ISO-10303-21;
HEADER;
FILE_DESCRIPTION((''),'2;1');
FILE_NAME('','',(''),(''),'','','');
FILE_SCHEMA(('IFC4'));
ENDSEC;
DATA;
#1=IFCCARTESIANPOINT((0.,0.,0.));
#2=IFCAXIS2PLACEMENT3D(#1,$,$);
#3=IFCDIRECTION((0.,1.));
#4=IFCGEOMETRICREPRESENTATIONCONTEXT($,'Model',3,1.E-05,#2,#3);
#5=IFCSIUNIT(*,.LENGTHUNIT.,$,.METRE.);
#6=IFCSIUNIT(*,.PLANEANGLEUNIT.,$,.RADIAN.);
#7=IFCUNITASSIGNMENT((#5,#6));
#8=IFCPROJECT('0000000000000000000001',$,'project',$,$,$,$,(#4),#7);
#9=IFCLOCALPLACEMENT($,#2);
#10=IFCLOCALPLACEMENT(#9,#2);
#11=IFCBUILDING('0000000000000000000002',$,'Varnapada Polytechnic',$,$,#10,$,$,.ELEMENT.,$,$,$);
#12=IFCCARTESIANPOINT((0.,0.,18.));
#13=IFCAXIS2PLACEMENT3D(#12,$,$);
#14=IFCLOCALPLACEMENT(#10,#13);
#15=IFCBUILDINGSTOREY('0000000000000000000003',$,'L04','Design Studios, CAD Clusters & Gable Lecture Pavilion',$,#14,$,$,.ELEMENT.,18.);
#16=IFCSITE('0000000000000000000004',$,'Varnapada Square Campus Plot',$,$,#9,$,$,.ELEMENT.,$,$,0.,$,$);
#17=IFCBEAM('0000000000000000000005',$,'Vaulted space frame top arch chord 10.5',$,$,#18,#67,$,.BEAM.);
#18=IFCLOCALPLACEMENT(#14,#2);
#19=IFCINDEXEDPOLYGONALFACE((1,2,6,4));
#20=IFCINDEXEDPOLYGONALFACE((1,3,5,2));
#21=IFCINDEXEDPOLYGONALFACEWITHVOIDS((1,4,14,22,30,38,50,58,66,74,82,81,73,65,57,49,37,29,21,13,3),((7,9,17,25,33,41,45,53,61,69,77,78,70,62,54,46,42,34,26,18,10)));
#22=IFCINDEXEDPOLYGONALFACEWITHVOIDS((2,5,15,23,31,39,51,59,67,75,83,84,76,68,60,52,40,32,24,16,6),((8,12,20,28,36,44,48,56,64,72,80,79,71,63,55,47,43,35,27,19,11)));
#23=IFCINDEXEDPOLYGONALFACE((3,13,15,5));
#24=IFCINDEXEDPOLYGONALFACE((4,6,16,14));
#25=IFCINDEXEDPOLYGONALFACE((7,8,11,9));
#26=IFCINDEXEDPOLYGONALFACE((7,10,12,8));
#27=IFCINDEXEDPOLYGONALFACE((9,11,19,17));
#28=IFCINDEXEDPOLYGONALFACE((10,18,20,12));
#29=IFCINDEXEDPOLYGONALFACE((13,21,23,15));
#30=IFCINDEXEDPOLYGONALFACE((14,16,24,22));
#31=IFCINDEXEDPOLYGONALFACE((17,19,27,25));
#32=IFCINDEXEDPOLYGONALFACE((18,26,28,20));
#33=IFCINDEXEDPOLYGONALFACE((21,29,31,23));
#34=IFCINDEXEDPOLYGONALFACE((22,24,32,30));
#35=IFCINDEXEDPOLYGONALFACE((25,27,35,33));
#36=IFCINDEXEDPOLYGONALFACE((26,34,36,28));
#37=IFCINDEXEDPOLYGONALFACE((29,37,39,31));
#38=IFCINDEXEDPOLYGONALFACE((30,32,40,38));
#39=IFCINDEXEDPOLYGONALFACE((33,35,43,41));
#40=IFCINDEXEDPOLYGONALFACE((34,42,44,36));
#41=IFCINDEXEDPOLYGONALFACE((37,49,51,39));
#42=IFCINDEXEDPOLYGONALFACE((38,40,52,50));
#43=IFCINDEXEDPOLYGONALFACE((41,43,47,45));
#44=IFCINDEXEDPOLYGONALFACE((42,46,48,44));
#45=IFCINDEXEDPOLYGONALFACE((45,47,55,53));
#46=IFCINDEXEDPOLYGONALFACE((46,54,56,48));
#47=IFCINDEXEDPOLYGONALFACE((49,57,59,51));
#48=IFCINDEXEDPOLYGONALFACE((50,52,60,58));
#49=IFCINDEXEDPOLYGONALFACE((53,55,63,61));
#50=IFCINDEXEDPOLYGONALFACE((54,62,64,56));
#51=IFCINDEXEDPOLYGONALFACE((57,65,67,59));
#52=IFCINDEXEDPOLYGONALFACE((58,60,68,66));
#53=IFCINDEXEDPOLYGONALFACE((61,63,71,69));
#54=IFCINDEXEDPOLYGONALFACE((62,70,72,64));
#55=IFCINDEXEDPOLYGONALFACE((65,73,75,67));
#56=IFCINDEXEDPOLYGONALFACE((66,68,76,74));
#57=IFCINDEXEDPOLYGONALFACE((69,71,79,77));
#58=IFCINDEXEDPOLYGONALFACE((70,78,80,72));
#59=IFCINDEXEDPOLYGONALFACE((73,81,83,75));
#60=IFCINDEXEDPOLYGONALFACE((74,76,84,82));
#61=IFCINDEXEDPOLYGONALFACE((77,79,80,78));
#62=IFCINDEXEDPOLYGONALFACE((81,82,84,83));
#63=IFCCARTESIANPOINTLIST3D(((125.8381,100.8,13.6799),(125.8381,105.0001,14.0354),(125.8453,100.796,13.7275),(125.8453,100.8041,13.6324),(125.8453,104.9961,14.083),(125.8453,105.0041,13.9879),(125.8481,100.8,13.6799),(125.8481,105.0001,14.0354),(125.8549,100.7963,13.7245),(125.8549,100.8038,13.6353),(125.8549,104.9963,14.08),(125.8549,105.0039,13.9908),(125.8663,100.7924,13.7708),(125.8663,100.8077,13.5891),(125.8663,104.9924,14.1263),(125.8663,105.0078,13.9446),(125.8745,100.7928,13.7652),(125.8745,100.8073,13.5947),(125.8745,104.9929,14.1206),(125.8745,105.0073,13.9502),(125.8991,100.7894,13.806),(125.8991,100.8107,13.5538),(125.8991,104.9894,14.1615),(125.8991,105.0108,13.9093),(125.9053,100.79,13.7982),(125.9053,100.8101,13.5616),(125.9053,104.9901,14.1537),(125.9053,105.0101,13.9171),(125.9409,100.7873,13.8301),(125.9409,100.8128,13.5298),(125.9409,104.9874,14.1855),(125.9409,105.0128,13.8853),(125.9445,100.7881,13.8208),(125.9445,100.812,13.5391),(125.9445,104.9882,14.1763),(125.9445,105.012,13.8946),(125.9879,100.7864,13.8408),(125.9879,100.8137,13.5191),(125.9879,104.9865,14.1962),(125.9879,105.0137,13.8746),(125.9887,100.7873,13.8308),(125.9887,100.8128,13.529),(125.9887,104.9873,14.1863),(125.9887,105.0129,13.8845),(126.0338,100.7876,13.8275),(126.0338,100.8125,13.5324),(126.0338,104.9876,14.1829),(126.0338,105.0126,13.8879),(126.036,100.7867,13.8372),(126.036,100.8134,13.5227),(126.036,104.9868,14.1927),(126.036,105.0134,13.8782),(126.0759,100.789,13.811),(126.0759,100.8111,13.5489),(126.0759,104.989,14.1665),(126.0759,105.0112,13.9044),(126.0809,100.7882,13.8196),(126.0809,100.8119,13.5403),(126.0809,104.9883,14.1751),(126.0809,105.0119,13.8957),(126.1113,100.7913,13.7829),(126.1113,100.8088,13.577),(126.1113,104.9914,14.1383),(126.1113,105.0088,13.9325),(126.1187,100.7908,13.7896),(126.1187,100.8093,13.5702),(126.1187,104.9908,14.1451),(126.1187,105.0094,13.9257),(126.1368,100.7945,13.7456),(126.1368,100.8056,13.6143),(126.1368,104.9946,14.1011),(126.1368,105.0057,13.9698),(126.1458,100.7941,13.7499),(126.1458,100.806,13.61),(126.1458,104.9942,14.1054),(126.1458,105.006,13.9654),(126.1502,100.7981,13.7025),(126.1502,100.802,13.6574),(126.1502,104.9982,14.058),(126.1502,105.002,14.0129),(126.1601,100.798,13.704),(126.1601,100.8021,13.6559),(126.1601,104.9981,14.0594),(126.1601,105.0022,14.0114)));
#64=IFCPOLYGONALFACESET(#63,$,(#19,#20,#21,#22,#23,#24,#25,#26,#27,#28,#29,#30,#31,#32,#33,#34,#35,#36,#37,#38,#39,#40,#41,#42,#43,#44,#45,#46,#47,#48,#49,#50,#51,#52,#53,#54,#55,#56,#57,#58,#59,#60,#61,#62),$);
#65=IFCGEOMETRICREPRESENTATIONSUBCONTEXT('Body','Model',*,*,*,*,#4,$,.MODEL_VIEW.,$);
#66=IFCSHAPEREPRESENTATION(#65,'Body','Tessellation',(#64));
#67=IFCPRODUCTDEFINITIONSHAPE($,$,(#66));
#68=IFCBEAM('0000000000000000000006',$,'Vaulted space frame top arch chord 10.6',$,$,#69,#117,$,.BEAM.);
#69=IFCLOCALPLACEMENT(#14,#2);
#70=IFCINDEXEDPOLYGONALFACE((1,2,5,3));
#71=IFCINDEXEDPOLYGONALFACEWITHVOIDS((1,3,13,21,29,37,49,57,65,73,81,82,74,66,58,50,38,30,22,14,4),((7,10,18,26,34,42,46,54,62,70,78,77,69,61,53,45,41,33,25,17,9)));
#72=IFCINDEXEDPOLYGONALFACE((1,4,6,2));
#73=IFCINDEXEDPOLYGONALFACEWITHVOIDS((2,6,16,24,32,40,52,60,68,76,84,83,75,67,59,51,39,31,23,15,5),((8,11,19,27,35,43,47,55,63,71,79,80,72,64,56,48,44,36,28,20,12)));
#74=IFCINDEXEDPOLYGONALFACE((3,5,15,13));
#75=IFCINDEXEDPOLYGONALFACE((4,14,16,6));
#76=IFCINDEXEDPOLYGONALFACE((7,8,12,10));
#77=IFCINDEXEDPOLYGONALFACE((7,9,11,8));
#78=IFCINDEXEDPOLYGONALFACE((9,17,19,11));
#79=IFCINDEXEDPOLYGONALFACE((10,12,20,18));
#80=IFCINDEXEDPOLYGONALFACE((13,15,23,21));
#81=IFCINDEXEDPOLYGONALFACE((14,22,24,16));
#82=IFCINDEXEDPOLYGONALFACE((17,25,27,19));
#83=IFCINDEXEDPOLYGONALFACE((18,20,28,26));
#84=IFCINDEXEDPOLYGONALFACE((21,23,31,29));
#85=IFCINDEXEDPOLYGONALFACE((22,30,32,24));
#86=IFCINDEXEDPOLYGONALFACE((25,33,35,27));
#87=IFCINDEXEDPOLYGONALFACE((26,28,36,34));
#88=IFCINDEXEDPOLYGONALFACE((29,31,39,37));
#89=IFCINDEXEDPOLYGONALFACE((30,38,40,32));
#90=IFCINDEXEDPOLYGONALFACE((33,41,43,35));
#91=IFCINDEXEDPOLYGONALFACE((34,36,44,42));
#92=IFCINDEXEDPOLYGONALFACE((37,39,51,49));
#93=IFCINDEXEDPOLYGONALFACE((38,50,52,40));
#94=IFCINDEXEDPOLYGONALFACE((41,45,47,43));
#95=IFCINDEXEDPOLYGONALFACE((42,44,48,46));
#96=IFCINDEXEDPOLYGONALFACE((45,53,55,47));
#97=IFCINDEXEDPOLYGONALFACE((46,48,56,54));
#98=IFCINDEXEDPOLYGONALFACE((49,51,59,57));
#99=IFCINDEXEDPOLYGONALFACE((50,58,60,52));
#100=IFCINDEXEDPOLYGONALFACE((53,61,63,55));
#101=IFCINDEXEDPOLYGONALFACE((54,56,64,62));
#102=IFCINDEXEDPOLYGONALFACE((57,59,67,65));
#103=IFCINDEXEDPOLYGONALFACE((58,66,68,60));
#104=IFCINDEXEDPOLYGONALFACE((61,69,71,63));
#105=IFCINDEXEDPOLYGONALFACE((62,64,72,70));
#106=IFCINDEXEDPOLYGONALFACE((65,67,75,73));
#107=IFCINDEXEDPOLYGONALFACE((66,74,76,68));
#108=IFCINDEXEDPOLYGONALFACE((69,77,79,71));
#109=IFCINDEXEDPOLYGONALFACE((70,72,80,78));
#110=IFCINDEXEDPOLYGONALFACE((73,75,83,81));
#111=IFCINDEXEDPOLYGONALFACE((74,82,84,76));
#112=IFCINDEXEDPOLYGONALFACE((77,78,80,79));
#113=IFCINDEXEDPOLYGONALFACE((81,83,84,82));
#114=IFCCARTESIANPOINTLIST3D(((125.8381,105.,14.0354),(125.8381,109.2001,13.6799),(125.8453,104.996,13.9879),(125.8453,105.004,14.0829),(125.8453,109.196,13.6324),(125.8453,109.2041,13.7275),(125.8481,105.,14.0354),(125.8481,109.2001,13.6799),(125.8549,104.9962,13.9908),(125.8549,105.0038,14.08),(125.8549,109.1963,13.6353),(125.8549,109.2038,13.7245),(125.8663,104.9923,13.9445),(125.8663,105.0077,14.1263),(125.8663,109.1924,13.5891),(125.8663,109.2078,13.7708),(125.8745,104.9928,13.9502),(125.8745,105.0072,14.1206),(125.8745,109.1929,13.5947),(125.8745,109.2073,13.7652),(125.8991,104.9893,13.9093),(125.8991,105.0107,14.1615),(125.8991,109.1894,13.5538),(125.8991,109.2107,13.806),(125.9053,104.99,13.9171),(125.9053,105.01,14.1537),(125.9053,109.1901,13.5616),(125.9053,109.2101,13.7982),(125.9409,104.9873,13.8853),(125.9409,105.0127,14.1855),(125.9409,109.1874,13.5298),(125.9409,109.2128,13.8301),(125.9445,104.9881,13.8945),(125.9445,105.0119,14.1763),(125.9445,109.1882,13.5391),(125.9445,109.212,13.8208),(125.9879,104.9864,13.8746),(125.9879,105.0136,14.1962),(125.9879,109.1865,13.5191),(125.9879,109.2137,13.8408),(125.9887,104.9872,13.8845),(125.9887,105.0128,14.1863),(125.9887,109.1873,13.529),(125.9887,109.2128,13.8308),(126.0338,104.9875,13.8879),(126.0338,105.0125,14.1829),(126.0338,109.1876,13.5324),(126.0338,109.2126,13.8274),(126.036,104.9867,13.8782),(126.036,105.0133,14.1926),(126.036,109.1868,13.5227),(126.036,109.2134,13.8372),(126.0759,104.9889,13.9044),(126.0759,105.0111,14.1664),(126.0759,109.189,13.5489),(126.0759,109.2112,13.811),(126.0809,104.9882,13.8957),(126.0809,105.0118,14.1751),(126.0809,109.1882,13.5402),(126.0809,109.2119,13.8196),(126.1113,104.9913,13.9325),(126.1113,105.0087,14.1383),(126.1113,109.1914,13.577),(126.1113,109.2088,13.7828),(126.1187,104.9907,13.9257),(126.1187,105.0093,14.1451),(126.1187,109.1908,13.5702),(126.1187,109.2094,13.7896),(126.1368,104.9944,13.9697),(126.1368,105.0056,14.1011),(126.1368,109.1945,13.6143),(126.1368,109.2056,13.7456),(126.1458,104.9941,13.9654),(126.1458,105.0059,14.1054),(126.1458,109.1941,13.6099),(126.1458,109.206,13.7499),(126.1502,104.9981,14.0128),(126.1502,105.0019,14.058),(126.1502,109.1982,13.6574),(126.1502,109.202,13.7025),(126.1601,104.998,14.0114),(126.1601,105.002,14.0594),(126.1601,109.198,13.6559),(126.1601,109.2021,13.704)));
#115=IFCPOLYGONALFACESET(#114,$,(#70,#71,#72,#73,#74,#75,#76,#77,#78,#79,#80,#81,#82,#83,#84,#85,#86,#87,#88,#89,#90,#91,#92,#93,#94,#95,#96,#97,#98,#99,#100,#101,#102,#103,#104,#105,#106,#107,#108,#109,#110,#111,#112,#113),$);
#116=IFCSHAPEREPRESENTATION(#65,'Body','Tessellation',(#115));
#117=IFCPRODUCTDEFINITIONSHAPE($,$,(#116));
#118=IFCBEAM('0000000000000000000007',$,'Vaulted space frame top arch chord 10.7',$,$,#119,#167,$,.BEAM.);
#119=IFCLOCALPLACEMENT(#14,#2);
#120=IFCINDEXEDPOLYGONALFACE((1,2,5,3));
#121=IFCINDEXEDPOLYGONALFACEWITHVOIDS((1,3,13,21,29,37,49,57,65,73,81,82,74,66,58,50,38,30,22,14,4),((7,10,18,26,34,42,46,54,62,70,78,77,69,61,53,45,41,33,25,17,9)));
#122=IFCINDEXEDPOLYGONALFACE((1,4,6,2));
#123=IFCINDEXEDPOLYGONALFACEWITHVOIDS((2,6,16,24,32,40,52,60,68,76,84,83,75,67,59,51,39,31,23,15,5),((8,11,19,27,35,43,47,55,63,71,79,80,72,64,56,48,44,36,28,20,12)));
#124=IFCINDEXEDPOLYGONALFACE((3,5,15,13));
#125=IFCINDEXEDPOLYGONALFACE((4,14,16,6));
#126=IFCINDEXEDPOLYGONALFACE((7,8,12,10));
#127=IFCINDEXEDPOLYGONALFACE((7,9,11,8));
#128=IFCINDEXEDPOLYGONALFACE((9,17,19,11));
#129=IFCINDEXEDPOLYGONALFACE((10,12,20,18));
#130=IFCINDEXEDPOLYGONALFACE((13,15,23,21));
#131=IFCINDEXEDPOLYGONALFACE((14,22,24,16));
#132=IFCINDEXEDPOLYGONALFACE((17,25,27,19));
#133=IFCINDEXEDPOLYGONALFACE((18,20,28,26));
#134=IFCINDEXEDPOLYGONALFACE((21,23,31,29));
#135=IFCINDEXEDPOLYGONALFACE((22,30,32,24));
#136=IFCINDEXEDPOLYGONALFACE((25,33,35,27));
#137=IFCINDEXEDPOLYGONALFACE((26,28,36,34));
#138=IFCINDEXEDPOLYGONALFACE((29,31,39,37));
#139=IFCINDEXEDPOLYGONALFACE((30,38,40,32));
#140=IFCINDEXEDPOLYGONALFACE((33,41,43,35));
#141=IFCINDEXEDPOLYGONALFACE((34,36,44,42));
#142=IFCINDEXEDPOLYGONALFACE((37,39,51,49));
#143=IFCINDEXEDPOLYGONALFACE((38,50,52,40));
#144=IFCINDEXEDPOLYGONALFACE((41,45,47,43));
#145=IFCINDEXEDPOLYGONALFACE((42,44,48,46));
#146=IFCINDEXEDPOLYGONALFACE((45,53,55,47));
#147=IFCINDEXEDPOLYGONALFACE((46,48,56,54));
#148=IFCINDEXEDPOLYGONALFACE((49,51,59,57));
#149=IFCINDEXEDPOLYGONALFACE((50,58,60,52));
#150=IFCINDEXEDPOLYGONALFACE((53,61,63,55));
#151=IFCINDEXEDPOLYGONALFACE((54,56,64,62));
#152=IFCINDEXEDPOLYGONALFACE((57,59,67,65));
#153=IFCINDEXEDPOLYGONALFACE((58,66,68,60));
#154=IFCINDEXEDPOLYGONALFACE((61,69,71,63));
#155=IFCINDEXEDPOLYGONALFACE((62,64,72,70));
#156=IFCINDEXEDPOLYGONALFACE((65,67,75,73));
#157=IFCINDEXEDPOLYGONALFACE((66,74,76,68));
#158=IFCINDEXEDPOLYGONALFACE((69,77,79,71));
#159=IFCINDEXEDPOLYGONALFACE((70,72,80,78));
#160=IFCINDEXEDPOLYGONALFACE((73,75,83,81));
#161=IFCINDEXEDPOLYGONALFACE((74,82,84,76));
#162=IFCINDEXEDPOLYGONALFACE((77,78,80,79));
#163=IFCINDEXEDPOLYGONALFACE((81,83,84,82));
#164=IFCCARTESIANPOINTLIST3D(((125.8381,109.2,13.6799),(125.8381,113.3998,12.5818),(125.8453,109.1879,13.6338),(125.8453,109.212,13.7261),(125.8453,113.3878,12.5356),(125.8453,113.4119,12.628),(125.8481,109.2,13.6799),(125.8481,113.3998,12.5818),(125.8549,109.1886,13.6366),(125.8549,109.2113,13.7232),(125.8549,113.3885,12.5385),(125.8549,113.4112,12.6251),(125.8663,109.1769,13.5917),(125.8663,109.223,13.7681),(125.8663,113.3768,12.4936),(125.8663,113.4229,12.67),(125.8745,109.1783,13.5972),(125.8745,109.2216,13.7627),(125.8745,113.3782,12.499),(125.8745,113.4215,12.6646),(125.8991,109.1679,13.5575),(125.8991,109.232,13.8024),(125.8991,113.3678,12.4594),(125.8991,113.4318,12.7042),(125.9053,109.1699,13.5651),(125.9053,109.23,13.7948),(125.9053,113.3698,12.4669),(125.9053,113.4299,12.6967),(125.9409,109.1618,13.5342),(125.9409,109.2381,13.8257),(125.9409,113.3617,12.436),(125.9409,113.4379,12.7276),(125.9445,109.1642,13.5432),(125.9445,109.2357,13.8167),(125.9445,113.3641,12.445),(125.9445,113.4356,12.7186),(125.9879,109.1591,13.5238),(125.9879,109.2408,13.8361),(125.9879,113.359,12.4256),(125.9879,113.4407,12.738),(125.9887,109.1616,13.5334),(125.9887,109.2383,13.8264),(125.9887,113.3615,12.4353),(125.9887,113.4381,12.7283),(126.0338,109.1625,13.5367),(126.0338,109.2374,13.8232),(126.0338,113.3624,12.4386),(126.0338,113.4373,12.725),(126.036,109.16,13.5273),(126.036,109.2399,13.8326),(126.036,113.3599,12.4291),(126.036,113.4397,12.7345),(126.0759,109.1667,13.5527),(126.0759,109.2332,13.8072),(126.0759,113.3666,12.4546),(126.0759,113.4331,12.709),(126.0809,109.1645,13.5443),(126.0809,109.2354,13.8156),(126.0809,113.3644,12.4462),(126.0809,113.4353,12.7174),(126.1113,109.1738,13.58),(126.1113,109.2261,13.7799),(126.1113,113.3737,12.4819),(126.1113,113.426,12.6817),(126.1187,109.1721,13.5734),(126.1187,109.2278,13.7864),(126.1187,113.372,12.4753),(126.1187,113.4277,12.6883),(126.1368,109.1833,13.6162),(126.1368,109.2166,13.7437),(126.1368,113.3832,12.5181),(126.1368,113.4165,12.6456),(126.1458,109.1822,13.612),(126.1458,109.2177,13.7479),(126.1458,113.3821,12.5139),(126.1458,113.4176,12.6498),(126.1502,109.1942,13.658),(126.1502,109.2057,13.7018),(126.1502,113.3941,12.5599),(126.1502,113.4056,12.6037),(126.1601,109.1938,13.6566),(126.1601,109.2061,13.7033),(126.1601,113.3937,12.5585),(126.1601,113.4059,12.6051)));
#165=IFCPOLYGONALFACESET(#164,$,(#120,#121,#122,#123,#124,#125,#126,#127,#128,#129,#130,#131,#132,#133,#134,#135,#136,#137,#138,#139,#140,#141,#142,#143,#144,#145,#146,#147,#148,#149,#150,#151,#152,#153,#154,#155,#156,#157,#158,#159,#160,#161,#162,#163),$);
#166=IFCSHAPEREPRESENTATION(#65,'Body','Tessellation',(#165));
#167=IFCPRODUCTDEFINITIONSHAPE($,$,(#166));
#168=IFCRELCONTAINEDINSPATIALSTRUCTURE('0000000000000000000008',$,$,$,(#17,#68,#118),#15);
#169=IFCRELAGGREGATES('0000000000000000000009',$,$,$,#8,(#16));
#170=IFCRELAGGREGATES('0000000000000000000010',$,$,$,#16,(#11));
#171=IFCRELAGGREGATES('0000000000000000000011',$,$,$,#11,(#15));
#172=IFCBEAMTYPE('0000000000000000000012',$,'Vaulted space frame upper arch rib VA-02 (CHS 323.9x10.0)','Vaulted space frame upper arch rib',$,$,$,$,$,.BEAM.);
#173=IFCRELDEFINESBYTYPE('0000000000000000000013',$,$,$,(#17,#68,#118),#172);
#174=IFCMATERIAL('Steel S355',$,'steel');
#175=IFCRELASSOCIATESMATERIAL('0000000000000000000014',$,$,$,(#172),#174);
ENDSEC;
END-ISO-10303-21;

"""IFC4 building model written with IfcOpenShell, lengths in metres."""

from ifc_helpers import new_model, si_unit, direction, frame, origin, origin_2d, place, context, subcontext, project, spatial, hollow_circle, extrude, material, material_profile, profile_set, type_object, element, save


model = new_model("IFC4")

# Units and contexts
model_context = context("Model", 3, precision=1e-05, world=origin(), true_north=direction((0.0, 1.0)))
body_context = subcontext(model_context, "Body", "Model", "MODEL_VIEW")
ifc_project = project(units=[si_unit("LENGTHUNIT", "METRE"), si_unit("PLANEANGLEUNIT", "RADIAN")], contexts=[model_context])

# Site, building, storey
site_placement = place(None, origin())
site = spatial("IfcSite", under=ifc_project, at=site_placement, Name="Varnapada Square Campus Plot", CompositionType="ELEMENT", RefElevation=0.0)
building_placement = place(site_placement, origin())
building = spatial("IfcBuilding", under=site, at=building_placement, Name="Varnapada Polytechnic", CompositionType="ELEMENT")
storey_placement = place(building_placement, frame((0.0, 0.0, 18.0)))
storey = spatial("IfcBuildingStorey", under=building, at=storey_placement, Name="L04", Description="Design Studios, CAD Clusters & Gable Lecture Pavilion", CompositionType="ELEMENT", Elevation=18.0)

# Shared definitions
ifc_material = material(Name="Steel S355", Category="steel")

# Beams
ifc_material_profile_1 = material_profile(ifc_material, hollow_circle(Radius=0.1619, WallThickness=0.01, at=origin_2d()), Name="CHS 323.9x10.0")
ifc_profile_set_1 = profile_set([ifc_material_profile_1], Name="Steel S355")
beam_type_1 = type_object("IfcBeamType", Name="Vaulted space frame upper arch rib VA-02 (CHS 323.9x10.0)", Description="Vaulted space frame upper arch rib", PredefinedType="BEAM", material=ifc_profile_set_1)
for number, where, z_axis, x_axis, name in (
    (1, (126.0, 100.8, 13.6799), (0.0, 0.996437, 0.084335), (-1.0, 0.0, 0.0), "Vaulted space frame top arch chord 10.5"),
    (2, (126.0, 105.0, 14.0354), (0.0, 0.996437, -0.084335), (-1.0, 0.0, 0.0), "Vaulted space frame top arch chord 10.6"),
):
    element("IfcBeam", number, at=place(storey_placement, frame(where, z_axis=z_axis, x_axis=x_axis)), inside=storey, type_object=beam_type_1, Name=name, PredefinedType="BEAM", context=body_context, shape_type="SweptSolid", body=[
        extrude(hollow_circle(Radius=0.1619, WallThickness=0.01, at=origin_2d()), origin(), (0.0, 0.0, 1.0), 4.2151),
    ])
beam_1_placement = place(storey_placement, frame((126.0, 109.2, 13.6799), z_axis=(0.0, 0.967476, -0.252962), x_axis=(-1.0, 0.0, 0.0)))
element("IfcBeam", 3, at=beam_1_placement, inside=storey, type_object=beam_type_1, Name="Vaulted space frame top arch chord 10.7", PredefinedType="BEAM", context=body_context, shape_type="SweptSolid", body=[
    extrude(hollow_circle(Radius=0.1619, WallThickness=0.01, at=origin_2d()), origin(), (0.0, 0.0, 1.0), 4.3411),
])

save(model, "model.ifc")
